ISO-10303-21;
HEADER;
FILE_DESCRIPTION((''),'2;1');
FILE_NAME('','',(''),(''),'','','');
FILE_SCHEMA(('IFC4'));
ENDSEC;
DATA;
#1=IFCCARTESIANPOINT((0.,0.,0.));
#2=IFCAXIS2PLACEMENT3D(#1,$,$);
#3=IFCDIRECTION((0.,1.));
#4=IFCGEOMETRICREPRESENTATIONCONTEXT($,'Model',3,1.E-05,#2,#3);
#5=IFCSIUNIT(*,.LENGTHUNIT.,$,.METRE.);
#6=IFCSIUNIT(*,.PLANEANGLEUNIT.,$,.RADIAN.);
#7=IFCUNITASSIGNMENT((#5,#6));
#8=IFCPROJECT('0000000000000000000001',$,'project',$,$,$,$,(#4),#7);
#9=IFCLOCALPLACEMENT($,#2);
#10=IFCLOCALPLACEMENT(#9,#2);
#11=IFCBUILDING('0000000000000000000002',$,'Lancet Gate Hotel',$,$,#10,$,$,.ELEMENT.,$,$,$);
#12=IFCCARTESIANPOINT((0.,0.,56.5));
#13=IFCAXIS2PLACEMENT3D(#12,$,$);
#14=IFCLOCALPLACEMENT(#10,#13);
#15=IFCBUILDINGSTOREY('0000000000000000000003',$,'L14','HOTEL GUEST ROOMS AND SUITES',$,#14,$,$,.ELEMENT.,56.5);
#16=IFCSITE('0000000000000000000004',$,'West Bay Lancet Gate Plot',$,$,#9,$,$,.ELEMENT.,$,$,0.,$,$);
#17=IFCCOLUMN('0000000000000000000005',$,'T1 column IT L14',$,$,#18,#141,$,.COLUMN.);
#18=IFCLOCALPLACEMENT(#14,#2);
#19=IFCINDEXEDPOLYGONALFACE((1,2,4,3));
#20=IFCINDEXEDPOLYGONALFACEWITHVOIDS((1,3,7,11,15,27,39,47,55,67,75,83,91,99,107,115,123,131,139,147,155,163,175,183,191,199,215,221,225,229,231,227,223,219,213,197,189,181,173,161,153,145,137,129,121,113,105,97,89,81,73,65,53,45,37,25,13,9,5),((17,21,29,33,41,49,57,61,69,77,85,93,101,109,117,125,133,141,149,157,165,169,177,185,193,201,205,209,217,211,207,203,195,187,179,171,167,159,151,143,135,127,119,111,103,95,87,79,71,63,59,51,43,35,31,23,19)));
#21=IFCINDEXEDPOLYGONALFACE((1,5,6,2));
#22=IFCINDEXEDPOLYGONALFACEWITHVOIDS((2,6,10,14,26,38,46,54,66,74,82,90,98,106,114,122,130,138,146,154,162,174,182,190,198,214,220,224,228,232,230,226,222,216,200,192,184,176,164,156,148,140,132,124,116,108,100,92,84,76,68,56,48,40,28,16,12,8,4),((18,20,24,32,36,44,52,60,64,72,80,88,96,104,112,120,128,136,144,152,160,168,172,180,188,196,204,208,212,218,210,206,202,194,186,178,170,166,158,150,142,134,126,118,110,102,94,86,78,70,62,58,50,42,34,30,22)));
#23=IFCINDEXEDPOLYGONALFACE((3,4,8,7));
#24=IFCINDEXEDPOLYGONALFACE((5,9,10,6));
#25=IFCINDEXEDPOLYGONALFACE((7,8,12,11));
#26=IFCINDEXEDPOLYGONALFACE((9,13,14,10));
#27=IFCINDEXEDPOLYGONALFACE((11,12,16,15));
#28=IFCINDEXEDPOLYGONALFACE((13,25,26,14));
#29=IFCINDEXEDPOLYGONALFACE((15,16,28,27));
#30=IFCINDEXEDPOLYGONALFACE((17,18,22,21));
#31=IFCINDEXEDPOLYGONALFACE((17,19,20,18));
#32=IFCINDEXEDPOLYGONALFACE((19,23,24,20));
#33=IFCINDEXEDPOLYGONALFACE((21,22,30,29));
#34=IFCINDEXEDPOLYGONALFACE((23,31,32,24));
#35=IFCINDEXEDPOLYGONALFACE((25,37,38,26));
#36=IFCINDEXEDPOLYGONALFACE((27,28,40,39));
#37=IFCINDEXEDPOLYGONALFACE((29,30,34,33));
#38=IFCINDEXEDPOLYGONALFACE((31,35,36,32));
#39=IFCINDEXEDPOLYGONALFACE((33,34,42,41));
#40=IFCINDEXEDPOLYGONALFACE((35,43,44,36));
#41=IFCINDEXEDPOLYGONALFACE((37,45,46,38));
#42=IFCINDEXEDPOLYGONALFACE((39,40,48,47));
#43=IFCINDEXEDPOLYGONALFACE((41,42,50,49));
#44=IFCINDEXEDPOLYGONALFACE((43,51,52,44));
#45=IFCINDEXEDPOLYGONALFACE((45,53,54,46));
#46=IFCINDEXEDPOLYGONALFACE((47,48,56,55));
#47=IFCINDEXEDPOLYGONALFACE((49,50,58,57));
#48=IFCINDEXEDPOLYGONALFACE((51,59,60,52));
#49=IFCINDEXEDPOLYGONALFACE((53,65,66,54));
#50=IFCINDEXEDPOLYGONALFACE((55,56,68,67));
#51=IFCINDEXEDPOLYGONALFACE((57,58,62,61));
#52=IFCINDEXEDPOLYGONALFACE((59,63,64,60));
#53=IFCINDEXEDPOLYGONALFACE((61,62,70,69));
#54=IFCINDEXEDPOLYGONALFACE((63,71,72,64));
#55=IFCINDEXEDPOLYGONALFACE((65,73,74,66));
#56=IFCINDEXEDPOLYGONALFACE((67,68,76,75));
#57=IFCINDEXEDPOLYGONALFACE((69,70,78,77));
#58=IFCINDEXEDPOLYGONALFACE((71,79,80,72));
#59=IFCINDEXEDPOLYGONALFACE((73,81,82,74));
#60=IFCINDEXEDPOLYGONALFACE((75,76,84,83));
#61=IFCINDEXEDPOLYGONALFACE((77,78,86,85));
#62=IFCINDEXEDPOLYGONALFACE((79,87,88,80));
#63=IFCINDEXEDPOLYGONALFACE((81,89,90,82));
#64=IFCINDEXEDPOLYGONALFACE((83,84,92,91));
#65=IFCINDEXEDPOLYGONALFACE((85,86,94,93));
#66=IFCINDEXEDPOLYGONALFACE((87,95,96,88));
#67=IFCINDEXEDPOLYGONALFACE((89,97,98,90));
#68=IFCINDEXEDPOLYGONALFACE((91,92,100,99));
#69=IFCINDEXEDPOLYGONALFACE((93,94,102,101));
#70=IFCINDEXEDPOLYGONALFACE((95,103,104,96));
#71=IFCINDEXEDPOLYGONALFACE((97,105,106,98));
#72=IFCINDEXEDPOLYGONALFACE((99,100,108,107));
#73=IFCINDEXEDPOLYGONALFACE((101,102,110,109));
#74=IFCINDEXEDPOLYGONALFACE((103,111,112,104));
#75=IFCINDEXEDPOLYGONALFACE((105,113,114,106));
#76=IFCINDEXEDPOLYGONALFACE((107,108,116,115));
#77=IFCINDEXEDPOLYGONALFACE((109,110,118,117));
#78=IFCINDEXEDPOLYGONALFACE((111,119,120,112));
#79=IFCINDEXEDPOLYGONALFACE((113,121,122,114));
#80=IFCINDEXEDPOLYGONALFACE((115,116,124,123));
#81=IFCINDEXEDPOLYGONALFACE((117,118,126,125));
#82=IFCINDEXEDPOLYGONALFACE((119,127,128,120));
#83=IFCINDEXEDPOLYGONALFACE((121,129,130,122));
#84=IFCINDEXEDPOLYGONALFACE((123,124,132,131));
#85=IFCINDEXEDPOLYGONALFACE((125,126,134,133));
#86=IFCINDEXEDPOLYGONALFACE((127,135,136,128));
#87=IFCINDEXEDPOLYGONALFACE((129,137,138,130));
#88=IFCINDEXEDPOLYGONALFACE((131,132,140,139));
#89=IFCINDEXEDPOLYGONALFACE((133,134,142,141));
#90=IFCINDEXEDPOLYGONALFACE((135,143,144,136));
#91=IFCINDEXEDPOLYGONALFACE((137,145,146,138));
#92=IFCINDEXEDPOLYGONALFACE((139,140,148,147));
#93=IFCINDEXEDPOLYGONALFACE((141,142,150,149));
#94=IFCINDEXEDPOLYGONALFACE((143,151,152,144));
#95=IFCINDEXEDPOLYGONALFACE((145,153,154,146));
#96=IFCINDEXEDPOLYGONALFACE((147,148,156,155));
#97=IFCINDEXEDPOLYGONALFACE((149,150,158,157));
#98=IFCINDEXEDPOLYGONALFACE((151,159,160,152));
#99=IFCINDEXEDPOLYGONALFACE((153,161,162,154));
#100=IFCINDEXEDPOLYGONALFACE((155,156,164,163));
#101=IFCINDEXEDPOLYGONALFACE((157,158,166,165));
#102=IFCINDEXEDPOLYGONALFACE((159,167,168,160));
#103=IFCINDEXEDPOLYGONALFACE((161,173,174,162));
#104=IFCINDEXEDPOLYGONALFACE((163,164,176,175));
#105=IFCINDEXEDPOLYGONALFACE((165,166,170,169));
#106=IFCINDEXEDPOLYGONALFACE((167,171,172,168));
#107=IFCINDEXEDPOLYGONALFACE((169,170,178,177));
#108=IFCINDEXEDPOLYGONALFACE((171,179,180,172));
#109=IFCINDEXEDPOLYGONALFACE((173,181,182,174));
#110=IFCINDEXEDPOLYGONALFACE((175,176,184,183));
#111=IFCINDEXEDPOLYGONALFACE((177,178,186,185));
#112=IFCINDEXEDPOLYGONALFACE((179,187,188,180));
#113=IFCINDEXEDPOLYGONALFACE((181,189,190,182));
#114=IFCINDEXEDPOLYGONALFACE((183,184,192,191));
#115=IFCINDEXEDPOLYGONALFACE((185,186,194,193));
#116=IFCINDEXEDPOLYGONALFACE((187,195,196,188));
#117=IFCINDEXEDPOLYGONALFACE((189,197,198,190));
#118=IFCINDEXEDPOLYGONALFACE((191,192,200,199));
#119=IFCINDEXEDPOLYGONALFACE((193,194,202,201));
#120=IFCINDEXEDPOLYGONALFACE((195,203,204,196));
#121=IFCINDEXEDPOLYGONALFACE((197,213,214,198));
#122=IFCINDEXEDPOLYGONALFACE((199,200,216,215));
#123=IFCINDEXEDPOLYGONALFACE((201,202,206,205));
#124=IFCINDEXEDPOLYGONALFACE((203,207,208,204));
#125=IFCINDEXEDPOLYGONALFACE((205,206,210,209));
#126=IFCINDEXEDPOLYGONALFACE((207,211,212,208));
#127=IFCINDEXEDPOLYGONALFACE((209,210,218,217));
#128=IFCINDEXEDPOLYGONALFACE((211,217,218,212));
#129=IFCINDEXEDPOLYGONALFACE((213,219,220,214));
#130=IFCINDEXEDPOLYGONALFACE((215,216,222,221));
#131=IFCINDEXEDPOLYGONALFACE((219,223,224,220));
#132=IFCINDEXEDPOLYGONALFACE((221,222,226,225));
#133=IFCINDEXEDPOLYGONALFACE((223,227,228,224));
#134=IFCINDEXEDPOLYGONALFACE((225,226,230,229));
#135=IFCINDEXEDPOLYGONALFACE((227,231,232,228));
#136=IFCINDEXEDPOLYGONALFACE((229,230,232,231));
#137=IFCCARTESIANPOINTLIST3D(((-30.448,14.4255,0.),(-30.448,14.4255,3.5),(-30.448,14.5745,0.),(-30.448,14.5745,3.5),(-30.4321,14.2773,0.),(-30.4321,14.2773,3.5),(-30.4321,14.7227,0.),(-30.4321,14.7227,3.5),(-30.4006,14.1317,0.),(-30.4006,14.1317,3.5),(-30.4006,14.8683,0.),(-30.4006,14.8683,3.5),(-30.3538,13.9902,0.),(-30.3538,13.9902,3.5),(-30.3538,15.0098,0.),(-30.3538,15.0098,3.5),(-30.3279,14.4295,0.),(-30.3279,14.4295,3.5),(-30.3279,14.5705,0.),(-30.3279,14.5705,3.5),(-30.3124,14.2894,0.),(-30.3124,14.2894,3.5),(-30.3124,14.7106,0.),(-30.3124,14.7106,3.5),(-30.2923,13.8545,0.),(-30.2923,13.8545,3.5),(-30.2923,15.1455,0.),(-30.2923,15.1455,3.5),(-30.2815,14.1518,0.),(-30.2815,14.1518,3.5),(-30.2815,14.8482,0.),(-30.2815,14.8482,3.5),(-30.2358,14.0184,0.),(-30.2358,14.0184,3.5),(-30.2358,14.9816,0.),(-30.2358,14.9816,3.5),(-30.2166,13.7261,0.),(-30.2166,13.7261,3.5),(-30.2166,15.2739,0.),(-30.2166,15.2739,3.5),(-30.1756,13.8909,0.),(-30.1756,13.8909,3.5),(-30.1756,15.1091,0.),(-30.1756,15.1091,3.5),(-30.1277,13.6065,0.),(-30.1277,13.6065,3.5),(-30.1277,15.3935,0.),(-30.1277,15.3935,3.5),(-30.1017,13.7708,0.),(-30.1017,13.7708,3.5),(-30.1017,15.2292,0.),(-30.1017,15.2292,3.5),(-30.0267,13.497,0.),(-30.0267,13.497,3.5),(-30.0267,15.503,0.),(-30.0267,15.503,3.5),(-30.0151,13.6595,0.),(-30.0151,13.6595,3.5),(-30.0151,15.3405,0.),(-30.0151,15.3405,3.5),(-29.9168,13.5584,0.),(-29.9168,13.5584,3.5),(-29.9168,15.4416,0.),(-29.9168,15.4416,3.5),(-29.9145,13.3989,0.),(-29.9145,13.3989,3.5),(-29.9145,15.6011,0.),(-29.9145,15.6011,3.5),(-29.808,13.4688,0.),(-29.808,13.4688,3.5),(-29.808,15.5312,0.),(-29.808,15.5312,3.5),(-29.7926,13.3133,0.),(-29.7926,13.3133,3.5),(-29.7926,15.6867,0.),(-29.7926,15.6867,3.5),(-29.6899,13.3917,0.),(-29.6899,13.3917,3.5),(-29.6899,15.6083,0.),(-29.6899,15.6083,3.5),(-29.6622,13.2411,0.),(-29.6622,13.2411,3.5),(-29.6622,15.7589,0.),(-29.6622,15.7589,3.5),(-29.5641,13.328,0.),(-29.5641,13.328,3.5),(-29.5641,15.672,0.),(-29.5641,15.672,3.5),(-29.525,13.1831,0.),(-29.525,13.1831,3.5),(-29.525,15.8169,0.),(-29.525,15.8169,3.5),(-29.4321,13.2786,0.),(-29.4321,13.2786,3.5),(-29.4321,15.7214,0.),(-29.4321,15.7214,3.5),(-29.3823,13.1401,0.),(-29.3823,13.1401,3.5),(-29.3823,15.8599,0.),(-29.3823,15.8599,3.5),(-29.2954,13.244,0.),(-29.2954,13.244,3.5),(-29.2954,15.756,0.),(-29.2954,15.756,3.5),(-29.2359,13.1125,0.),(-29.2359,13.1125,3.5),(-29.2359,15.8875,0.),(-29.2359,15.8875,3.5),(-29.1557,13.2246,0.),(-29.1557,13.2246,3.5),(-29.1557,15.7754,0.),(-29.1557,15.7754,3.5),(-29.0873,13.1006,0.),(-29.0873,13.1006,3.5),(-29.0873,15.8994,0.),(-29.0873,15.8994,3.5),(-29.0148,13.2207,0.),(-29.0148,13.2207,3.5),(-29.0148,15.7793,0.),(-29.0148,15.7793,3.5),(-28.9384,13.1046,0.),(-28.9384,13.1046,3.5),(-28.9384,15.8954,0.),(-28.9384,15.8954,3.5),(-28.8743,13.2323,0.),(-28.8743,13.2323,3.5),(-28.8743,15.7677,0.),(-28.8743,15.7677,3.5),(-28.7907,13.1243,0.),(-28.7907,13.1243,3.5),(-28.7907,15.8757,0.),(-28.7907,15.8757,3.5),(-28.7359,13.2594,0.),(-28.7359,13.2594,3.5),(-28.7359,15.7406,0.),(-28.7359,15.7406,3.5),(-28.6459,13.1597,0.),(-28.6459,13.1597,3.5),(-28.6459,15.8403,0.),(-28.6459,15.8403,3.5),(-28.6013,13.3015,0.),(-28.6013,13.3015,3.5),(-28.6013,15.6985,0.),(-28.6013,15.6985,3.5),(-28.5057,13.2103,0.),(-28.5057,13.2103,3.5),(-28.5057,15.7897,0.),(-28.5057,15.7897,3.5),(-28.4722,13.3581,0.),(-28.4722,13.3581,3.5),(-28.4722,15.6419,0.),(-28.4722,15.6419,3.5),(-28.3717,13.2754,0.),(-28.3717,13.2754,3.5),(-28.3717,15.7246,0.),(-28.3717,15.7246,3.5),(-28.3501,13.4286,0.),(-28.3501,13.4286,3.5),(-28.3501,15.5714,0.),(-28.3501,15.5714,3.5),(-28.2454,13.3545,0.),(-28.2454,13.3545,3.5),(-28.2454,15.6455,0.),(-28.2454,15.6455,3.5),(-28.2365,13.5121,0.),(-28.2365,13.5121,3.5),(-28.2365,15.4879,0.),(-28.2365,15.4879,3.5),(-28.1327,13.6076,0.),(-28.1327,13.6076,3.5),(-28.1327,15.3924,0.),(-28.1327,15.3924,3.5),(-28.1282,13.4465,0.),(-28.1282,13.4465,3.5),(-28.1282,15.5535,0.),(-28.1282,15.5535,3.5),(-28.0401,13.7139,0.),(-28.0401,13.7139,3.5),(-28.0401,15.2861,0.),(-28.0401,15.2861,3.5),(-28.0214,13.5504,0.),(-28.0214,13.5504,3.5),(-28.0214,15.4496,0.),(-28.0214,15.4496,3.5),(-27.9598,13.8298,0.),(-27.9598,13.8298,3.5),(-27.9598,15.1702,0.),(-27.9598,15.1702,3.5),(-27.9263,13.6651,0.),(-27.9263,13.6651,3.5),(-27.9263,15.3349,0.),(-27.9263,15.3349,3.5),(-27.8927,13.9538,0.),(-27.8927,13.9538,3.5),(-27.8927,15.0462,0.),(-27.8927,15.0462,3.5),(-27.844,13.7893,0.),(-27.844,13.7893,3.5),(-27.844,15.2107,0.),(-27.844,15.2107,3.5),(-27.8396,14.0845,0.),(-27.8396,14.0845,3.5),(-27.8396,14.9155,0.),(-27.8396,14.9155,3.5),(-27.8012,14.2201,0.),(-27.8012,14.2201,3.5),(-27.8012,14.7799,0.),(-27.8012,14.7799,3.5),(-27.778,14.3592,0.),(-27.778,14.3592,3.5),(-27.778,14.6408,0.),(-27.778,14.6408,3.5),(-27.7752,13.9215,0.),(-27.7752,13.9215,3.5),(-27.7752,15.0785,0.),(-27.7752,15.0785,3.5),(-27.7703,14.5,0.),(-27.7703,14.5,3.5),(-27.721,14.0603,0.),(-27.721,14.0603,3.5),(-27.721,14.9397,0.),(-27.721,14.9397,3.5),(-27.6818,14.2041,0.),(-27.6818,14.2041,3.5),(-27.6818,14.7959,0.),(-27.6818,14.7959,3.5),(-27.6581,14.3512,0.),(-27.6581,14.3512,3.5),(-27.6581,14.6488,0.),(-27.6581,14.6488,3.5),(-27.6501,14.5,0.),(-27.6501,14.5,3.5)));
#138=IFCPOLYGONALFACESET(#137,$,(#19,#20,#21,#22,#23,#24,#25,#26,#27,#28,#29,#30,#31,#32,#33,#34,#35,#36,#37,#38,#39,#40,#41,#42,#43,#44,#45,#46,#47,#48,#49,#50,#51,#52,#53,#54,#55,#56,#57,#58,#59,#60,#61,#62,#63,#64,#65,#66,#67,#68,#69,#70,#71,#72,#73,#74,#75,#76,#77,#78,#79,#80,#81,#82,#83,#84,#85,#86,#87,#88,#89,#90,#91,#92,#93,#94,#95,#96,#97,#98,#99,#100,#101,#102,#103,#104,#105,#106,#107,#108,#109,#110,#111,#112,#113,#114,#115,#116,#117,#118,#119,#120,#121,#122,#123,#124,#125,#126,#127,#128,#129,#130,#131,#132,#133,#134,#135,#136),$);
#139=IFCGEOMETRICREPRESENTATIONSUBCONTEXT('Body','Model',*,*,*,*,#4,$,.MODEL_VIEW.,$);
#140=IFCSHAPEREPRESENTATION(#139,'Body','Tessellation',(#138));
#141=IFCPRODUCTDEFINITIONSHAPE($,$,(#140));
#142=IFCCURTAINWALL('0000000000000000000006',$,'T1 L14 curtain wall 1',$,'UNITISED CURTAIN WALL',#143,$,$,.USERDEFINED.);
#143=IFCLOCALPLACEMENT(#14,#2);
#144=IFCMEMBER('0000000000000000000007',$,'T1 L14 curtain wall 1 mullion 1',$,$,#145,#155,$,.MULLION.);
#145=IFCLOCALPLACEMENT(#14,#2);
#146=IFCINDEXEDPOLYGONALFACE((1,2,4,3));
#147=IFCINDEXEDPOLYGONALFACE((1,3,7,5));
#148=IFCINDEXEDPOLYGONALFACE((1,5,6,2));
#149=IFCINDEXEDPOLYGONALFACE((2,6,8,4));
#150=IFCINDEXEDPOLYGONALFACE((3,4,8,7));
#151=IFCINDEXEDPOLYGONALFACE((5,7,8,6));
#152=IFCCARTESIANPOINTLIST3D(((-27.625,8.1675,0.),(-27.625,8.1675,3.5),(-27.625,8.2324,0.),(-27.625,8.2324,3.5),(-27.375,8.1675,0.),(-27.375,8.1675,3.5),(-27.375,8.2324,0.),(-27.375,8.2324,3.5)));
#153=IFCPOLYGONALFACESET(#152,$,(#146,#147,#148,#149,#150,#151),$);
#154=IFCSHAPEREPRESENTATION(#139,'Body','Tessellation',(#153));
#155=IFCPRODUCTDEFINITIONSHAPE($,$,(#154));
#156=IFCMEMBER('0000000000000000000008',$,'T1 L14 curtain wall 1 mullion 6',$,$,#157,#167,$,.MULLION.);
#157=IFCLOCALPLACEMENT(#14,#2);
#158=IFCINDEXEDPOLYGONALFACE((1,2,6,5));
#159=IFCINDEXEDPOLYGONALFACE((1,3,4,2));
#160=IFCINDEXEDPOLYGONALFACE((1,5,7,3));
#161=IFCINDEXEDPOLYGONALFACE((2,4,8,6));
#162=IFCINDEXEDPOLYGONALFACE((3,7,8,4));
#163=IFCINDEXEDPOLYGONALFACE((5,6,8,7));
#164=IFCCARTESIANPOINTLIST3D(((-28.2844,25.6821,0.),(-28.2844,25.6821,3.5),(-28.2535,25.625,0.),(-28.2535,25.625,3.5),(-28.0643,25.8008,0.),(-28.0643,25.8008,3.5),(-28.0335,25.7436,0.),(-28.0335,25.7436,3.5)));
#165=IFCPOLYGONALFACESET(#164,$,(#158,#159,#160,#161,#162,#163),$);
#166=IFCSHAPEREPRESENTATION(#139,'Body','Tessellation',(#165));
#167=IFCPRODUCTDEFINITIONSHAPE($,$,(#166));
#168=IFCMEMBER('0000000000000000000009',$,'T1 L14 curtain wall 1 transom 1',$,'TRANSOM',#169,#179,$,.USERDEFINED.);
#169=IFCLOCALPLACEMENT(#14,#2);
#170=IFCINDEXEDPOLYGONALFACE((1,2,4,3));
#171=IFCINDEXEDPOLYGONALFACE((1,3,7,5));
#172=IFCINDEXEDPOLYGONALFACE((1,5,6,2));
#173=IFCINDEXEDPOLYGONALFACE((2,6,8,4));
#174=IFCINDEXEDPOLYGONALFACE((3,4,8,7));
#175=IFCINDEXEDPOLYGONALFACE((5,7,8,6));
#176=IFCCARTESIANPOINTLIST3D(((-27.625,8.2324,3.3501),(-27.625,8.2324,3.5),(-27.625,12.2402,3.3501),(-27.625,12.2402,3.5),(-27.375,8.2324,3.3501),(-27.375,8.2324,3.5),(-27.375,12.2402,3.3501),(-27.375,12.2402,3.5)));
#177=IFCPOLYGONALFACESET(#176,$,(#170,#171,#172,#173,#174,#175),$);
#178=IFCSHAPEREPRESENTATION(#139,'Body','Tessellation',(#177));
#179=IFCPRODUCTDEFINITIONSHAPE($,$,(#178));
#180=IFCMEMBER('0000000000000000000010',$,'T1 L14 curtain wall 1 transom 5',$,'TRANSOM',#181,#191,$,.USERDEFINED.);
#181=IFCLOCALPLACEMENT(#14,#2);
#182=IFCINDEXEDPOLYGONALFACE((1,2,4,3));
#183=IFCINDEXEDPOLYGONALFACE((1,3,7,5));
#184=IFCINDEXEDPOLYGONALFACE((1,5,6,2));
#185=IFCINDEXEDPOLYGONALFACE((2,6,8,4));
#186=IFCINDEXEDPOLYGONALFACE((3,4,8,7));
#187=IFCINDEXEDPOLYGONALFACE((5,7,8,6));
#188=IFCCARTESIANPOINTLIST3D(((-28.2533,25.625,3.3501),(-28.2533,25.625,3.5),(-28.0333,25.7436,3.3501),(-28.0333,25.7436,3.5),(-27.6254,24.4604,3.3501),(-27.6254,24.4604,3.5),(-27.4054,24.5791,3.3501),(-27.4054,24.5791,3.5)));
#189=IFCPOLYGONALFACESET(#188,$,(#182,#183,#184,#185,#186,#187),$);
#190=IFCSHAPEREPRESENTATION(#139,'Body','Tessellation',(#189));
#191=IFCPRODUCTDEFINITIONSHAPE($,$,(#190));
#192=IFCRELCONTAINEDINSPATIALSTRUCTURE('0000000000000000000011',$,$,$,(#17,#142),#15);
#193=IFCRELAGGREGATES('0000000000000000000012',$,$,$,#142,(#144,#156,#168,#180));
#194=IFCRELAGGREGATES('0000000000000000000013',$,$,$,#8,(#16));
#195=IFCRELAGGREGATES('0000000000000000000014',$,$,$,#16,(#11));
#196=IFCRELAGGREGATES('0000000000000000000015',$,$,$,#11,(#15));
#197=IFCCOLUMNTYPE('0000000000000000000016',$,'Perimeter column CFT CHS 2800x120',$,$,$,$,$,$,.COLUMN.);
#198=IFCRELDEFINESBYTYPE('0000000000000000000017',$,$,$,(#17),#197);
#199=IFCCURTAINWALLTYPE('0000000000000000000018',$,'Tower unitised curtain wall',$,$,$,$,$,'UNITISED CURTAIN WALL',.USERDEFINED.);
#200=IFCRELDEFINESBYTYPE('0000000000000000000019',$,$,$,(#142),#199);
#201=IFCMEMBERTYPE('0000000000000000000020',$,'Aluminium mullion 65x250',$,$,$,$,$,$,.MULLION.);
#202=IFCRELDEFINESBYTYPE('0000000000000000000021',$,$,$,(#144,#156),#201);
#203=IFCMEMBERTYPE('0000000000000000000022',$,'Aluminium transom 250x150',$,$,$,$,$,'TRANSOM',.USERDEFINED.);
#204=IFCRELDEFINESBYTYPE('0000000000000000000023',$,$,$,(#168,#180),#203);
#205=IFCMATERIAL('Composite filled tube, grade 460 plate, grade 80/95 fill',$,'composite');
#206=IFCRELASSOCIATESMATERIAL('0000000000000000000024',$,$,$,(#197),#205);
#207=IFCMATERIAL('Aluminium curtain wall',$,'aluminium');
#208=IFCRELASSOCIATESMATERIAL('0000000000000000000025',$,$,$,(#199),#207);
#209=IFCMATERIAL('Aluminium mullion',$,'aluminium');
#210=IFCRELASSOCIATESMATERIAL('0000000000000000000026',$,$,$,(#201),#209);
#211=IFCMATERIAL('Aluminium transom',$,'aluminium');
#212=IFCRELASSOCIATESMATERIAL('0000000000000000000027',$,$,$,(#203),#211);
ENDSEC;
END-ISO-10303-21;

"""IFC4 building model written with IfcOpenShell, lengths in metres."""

from ifc_helpers import new_model, si_unit, direction, frame, origin, origin_2d, place, context, subcontext, project, spatial, rectangle, hollow_circle, extrude, material, material_profile, profile_set, type_object, element, aggregate, save


model = new_model("IFC4")

# Units and contexts
model_context = context("Model", 3, precision=1e-05, world=origin(), true_north=direction((0.0, 1.0)))
body_context = subcontext(model_context, "Body", "Model", "MODEL_VIEW")
ifc_project = project(units=[si_unit("LENGTHUNIT", "METRE"), si_unit("PLANEANGLEUNIT", "RADIAN")], contexts=[model_context])

# Site, building, storey
site_placement = place(None, origin())
site = spatial("IfcSite", under=ifc_project, at=site_placement, Name="West Bay Lancet Gate Plot", CompositionType="ELEMENT", RefElevation=0.0)
building_placement = place(site_placement, origin())
building = spatial("IfcBuilding", under=site, at=building_placement, Name="Lancet Gate Hotel", CompositionType="ELEMENT")
storey_placement = place(building_placement, frame((0.0, 0.0, 56.5)))
storey = spatial("IfcBuildingStorey", under=building, at=storey_placement, Name="L14", Description="HOTEL GUEST ROOMS AND SUITES", CompositionType="ELEMENT", Elevation=56.5)

# Column
ifc_material_1 = material(Name="Composite filled tube, grade 460 plate, grade 80/95 fill", Category="composite")
ifc_material_profile_1 = material_profile(ifc_material_1, hollow_circle(Radius=1.3999, WallThickness=0.1201, at=origin_2d()), Name="CHS 2800x120")
ifc_profile_set_1 = profile_set([ifc_material_profile_1], Name="Composite filled tube, grade 460 plate, grade 80/95 fill")
column_type = type_object("IfcColumnType", Name="Perimeter column CFT CHS 2800x120", PredefinedType="COLUMN", material=ifc_profile_set_1)
for number, where, z_axis, x_axis, name in (
    (1, (-29.05, 14.5, 0.0), (0.0, 0.0, 1.0), (1.0, 0.0, 0.0), "T1 column IT L14"),
):
    element("IfcColumn", number, at=place(storey_placement, frame(where, z_axis=z_axis, x_axis=x_axis)), inside=storey, type_object=column_type, Name=name, PredefinedType="COLUMN", context=body_context, shape_type="SweptSolid", body=[
        extrude(hollow_circle(Radius=1.3999, WallThickness=0.1201, at=origin_2d()), origin(), (0.0, 0.0, 1.0), 3.5),
    ])

# Curtain wall, members
ifc_material_2 = material(Name="Aluminium curtain wall", Category="aluminium")
curtain_wall_type = type_object("IfcCurtainWallType", Name="Tower unitised curtain wall", ElementType="UNITISED CURTAIN WALL", PredefinedType="USERDEFINED", material=ifc_material_2)
curtain_wall_placement = place(storey_placement, origin())
curtain_wall = element("IfcCurtainWall", 2, at=curtain_wall_placement, inside=storey, type_object=curtain_wall_type, Name="T1 L14 curtain wall 1", ObjectType="UNITISED CURTAIN WALL", PredefinedType="USERDEFINED")
ifc_material_3 = material(Name="Aluminium mullion", Category="aluminium")
ifc_material_profile_2 = material_profile(ifc_material_3, rectangle(XDim=0.0649, YDim=0.25, at=origin_2d()), Name="MULLION 65x250")
ifc_profile_set_2 = profile_set([ifc_material_profile_2], Name="Aluminium mullion")
member_type_1 = type_object("IfcMemberType", Name="Aluminium mullion 65x250", PredefinedType="MULLION", material=ifc_profile_set_2)
member_1_placement = place(storey_placement, frame((-27.5, 8.2, 0.0), z_axis=(0.0, 0.0, 1.0), x_axis=(0.0, 1.0, 0.0)))
member_1 = element("IfcMember", 3, at=member_1_placement, type_object=member_type_1, Name="T1 L14 curtain wall 1 mullion 1", PredefinedType="MULLION", context=body_context, shape_type="SweptSolid", body=[
    extrude(rectangle(XDim=0.0649, YDim=0.25, at=origin_2d()), origin(), (0.0, 0.0, 1.0), 3.5),
])
member_2_placement = place(storey_placement, frame((-28.1589, 25.7129, 0.0), z_axis=(0.0, 0.0, 1.0), x_axis=(-0.474631, 0.880185, 0.0)))
member_2 = element("IfcMember", 4, at=member_2_placement, type_object=member_type_1, Name="T1 L14 curtain wall 1 mullion 6", PredefinedType="MULLION", context=body_context, shape_type="SweptSolid", body=[
    extrude(rectangle(XDim=0.0649, YDim=0.25, at=origin_2d()), origin(), (0.0, 0.0, 1.0), 3.5),
])
ifc_material_4 = material(Name="Aluminium transom", Category="aluminium")
ifc_material_profile_3 = material_profile(ifc_material_4, rectangle(XDim=0.25, YDim=0.1499, at=origin_2d()), Name="TRANSOM 250x150")
ifc_profile_set_3 = profile_set([ifc_material_profile_3], Name="Aluminium transom")
member_type_2 = type_object("IfcMemberType", Name="Aluminium transom 250x150", ElementType="TRANSOM", PredefinedType="USERDEFINED", material=ifc_profile_set_3)
member_3_placement = place(storey_placement, frame((-27.5, 8.2324, 3.425), z_axis=(0.0, 1.0, 0.0), x_axis=(-1.0, 0.0, 0.0)))
member_3 = element("IfcMember", 5, at=member_3_placement, type_object=member_type_2, Name="T1 L14 curtain wall 1 transom 1", ObjectType="TRANSOM", PredefinedType="USERDEFINED", context=body_context, shape_type="SweptSolid", body=[
    extrude(rectangle(XDim=0.25, YDim=0.1499, at=origin_2d()), origin(), (0.0, 0.0, 1.0), 4.0078),
])
member_4_placement = place(storey_placement, frame((-27.5154, 24.5198, 3.425), z_axis=(-0.474606, 0.880198, 0.0), x_axis=(-0.880198, -0.474606, 0.0)))
member_4 = element("IfcMember", 6, at=member_4_placement, type_object=member_type_2, Name="T1 L14 curtain wall 1 transom 5", ObjectType="TRANSOM", PredefinedType="USERDEFINED", context=body_context, shape_type="SweptSolid", body=[
    extrude(rectangle(XDim=0.25, YDim=0.1499, at=origin_2d()), origin(), (0.0, 0.0, 1.0), 1.323),
])

aggregate(curtain_wall, [member_1, member_2, member_3, member_4])

save(model, "model.ifc")
